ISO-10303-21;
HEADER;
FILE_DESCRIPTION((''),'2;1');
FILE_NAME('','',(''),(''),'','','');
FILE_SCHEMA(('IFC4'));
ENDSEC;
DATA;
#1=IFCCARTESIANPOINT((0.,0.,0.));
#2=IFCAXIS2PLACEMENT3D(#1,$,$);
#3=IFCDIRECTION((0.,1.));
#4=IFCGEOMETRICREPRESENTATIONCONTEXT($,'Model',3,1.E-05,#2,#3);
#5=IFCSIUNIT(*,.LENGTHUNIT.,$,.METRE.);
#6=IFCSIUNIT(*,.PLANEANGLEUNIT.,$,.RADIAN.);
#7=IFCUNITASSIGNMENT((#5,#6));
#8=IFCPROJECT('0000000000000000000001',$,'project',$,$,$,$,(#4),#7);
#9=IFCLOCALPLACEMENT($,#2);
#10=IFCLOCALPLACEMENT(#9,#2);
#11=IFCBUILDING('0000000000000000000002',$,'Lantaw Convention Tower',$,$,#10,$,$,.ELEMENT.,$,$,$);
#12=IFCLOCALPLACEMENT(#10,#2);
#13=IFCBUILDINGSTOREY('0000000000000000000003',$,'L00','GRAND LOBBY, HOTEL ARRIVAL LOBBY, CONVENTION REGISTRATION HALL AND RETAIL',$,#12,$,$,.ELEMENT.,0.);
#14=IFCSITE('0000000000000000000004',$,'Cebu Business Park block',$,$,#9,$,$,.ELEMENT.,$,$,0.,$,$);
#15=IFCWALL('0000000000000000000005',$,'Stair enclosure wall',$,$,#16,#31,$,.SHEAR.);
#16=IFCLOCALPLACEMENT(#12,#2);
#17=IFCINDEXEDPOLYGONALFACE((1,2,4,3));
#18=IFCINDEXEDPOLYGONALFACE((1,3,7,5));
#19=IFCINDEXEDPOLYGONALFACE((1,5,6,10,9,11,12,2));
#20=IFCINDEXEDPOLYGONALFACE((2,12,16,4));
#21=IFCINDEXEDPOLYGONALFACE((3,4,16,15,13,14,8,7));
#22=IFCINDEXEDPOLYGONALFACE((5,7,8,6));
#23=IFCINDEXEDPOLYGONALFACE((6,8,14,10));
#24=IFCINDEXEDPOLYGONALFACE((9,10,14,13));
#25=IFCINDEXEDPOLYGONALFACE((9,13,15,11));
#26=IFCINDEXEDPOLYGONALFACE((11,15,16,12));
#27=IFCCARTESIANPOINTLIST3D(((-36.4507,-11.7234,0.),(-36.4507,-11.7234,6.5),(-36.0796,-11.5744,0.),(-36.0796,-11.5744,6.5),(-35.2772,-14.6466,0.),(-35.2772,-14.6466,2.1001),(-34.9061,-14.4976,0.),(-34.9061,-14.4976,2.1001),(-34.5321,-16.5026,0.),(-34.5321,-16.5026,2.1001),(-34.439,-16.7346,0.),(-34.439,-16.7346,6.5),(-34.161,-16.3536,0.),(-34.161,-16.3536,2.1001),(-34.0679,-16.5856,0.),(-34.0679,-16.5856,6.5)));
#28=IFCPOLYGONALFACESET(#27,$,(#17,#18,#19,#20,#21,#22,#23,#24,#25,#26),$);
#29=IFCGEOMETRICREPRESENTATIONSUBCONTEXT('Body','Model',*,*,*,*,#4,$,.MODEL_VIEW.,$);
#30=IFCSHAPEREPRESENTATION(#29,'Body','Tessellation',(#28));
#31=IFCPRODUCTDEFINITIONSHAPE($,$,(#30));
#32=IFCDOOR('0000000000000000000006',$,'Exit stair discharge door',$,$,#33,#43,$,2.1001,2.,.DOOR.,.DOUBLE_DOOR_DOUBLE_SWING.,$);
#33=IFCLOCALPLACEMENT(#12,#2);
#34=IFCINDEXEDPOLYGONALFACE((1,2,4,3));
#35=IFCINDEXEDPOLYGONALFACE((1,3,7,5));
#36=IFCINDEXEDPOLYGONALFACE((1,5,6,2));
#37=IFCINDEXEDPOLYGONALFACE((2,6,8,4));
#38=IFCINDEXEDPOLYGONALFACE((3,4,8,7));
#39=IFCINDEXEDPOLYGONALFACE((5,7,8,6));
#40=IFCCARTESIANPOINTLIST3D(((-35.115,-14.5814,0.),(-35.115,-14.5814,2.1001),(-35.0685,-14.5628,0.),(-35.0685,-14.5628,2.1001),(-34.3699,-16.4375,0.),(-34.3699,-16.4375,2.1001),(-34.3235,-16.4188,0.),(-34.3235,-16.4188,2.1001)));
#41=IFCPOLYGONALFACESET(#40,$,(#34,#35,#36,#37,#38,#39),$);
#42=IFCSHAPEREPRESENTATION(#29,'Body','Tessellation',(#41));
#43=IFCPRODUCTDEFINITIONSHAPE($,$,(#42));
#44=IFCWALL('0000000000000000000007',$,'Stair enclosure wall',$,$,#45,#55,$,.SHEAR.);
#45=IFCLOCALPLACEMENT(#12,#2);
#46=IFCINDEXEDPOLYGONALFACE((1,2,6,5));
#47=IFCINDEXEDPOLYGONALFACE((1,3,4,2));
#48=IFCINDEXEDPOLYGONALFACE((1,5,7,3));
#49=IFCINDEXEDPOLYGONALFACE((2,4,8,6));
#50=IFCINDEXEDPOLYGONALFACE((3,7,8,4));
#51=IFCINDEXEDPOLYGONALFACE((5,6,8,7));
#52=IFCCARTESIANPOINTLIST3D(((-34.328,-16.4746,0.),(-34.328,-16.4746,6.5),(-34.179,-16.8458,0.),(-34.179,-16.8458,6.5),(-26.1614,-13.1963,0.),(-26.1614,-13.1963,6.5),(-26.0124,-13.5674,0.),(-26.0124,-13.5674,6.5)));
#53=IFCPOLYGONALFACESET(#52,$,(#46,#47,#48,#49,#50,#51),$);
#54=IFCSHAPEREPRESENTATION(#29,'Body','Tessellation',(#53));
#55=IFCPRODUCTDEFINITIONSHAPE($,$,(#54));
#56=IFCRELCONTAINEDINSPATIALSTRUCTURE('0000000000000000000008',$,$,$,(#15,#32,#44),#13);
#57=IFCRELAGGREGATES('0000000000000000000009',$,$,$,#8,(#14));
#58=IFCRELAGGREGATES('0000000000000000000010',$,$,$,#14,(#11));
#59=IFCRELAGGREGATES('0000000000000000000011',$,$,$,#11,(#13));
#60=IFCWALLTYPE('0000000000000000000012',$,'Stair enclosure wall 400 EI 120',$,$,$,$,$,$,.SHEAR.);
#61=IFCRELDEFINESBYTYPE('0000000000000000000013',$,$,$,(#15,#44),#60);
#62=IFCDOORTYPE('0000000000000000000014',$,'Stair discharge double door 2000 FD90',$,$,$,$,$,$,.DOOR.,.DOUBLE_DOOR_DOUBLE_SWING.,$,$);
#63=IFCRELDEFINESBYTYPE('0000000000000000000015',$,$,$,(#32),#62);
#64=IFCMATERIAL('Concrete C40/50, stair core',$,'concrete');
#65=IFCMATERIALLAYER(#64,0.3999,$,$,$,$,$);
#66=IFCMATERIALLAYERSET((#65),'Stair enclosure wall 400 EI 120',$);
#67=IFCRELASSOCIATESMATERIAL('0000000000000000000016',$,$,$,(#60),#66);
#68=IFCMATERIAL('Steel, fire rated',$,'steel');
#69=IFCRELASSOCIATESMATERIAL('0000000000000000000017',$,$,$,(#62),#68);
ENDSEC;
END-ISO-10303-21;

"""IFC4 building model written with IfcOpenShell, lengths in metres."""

from ifc_helpers import new_model, si_unit, direction, frame, frame_2d, origin, place, context, subcontext, project, spatial, rectangle, extrude, material, layer, layer_set, type_object, element, fill, save


model = new_model("IFC4")

# Units and contexts
model_context = context("Model", 3, precision=1e-05, world=origin(), true_north=direction((0.0, 1.0)))
body_context = subcontext(model_context, "Body", "Model", "MODEL_VIEW")
ifc_project = project(units=[si_unit("LENGTHUNIT", "METRE"), si_unit("PLANEANGLEUNIT", "RADIAN")], contexts=[model_context])

# Site, building, storey
site_placement = place(None, origin())
site = spatial("IfcSite", under=ifc_project, at=site_placement, Name="Cebu Business Park block", CompositionType="ELEMENT", RefElevation=0.0)
building_placement = place(site_placement, origin())
building = spatial("IfcBuilding", under=site, at=building_placement, Name="Lantaw Convention Tower", CompositionType="ELEMENT")
storey_placement = place(building_placement, origin())
storey = spatial("IfcBuildingStorey", under=building, at=storey_placement, Name="L00", Description="GRAND LOBBY, HOTEL ARRIVAL LOBBY, CONVENTION REGISTRATION HALL AND RETAIL", CompositionType="ELEMENT", Elevation=0.0)

# Wall, opening, door
ifc_material_1 = material(Name="Concrete C40/50, stair core", Category="concrete")
ifc_layer_1 = layer(ifc_material_1, 0.3999)
ifc_layer_set_1 = layer_set([ifc_layer_1], Name="Stair enclosure wall 400 EI 120")
wall_type_1 = type_object("IfcWallType", Name="Stair enclosure wall 400 EI 120", PredefinedType="SHEAR", material=ifc_layer_set_1)
wall_1_placement = place(storey_placement, frame((-36.2651, -11.6489, 0.0), z_axis=(0.0, 0.0, 1.0), x_axis=(0.372544, -0.928015, 0.0)))
wall_1 = element("IfcWall", 1, at=wall_1_placement, inside=storey, type_object=wall_type_1, Name="Stair enclosure wall", PredefinedType="SHEAR", context=body_context, shape_type="SweptSolid", body=[
    extrude(rectangle(XDim=5.3999, YDim=0.3999, at=frame_2d((2.7, 0.0))), origin(), (0.0, 0.0, 1.0), 6.5),
])
opening_1_placement = place(wall_1_placement, frame((3.1499, 0.0, 0.0)))
opening_1 = element("IfcOpeningElement", 2, at=opening_1_placement, cuts=wall_1, PredefinedType="OPENING", context=body_context, shape_type="SweptSolid", body=[
    extrude(rectangle(XDim=2.0, YDim=2.1001, at=frame_2d((1.0, 1.05))), frame((0.0, 0.21, 0.0), z_axis=(0.0, -1.0, 0.0), x_axis=(1.0, 0.0, 0.0)), (0.0, 0.0, 1.0), 0.4199),
])
ifc_material_2 = material(Name="Steel, fire rated", Category="steel")
door_type_1 = type_object("IfcDoorType", Name="Stair discharge double door 2000 FD90", OperationType="DOUBLE_DOOR_DOUBLE_SWING", PredefinedType="DOOR", material=ifc_material_2)
door_1_placement = place(opening_1_placement, origin())
door_1 = element("IfcDoor", 3, at=door_1_placement, inside=storey, type_object=door_type_1, Name="Exit stair discharge door", OperationType="DOUBLE_DOOR_DOUBLE_SWING", OverallHeight=2.1001, OverallWidth=2.0, PredefinedType="DOOR", context=body_context, shape_type="SweptSolid", body=[
    extrude(rectangle(XDim=2.0, YDim=2.1001, at=frame_2d((1.0, 1.05))), frame((0.0, 0.0249, 0.0), z_axis=(0.0, -1.0, 0.0), x_axis=(1.0, 0.0, 0.0)), (0.0, 0.0, 1.0), 0.05),
])
fill(opening_1, door_1)

# Wall
wall_2_placement = place(storey_placement, frame((-34.2534, -16.6602, 0.0), z_axis=(0.0, 0.0, 1.0), x_axis=(0.928017, 0.372538, 0.0)))
element("IfcWall", 4, at=wall_2_placement, inside=storey, type_object=wall_type_1, Name="Stair enclosure wall", PredefinedType="SHEAR", context=body_context, shape_type="SweptSolid", body=[
    extrude(rectangle(XDim=8.8, YDim=0.3999, at=frame_2d((4.3999, 0.0))), origin(), (0.0, 0.0, 1.0), 6.5),
])

save(model, "model.ifc")
